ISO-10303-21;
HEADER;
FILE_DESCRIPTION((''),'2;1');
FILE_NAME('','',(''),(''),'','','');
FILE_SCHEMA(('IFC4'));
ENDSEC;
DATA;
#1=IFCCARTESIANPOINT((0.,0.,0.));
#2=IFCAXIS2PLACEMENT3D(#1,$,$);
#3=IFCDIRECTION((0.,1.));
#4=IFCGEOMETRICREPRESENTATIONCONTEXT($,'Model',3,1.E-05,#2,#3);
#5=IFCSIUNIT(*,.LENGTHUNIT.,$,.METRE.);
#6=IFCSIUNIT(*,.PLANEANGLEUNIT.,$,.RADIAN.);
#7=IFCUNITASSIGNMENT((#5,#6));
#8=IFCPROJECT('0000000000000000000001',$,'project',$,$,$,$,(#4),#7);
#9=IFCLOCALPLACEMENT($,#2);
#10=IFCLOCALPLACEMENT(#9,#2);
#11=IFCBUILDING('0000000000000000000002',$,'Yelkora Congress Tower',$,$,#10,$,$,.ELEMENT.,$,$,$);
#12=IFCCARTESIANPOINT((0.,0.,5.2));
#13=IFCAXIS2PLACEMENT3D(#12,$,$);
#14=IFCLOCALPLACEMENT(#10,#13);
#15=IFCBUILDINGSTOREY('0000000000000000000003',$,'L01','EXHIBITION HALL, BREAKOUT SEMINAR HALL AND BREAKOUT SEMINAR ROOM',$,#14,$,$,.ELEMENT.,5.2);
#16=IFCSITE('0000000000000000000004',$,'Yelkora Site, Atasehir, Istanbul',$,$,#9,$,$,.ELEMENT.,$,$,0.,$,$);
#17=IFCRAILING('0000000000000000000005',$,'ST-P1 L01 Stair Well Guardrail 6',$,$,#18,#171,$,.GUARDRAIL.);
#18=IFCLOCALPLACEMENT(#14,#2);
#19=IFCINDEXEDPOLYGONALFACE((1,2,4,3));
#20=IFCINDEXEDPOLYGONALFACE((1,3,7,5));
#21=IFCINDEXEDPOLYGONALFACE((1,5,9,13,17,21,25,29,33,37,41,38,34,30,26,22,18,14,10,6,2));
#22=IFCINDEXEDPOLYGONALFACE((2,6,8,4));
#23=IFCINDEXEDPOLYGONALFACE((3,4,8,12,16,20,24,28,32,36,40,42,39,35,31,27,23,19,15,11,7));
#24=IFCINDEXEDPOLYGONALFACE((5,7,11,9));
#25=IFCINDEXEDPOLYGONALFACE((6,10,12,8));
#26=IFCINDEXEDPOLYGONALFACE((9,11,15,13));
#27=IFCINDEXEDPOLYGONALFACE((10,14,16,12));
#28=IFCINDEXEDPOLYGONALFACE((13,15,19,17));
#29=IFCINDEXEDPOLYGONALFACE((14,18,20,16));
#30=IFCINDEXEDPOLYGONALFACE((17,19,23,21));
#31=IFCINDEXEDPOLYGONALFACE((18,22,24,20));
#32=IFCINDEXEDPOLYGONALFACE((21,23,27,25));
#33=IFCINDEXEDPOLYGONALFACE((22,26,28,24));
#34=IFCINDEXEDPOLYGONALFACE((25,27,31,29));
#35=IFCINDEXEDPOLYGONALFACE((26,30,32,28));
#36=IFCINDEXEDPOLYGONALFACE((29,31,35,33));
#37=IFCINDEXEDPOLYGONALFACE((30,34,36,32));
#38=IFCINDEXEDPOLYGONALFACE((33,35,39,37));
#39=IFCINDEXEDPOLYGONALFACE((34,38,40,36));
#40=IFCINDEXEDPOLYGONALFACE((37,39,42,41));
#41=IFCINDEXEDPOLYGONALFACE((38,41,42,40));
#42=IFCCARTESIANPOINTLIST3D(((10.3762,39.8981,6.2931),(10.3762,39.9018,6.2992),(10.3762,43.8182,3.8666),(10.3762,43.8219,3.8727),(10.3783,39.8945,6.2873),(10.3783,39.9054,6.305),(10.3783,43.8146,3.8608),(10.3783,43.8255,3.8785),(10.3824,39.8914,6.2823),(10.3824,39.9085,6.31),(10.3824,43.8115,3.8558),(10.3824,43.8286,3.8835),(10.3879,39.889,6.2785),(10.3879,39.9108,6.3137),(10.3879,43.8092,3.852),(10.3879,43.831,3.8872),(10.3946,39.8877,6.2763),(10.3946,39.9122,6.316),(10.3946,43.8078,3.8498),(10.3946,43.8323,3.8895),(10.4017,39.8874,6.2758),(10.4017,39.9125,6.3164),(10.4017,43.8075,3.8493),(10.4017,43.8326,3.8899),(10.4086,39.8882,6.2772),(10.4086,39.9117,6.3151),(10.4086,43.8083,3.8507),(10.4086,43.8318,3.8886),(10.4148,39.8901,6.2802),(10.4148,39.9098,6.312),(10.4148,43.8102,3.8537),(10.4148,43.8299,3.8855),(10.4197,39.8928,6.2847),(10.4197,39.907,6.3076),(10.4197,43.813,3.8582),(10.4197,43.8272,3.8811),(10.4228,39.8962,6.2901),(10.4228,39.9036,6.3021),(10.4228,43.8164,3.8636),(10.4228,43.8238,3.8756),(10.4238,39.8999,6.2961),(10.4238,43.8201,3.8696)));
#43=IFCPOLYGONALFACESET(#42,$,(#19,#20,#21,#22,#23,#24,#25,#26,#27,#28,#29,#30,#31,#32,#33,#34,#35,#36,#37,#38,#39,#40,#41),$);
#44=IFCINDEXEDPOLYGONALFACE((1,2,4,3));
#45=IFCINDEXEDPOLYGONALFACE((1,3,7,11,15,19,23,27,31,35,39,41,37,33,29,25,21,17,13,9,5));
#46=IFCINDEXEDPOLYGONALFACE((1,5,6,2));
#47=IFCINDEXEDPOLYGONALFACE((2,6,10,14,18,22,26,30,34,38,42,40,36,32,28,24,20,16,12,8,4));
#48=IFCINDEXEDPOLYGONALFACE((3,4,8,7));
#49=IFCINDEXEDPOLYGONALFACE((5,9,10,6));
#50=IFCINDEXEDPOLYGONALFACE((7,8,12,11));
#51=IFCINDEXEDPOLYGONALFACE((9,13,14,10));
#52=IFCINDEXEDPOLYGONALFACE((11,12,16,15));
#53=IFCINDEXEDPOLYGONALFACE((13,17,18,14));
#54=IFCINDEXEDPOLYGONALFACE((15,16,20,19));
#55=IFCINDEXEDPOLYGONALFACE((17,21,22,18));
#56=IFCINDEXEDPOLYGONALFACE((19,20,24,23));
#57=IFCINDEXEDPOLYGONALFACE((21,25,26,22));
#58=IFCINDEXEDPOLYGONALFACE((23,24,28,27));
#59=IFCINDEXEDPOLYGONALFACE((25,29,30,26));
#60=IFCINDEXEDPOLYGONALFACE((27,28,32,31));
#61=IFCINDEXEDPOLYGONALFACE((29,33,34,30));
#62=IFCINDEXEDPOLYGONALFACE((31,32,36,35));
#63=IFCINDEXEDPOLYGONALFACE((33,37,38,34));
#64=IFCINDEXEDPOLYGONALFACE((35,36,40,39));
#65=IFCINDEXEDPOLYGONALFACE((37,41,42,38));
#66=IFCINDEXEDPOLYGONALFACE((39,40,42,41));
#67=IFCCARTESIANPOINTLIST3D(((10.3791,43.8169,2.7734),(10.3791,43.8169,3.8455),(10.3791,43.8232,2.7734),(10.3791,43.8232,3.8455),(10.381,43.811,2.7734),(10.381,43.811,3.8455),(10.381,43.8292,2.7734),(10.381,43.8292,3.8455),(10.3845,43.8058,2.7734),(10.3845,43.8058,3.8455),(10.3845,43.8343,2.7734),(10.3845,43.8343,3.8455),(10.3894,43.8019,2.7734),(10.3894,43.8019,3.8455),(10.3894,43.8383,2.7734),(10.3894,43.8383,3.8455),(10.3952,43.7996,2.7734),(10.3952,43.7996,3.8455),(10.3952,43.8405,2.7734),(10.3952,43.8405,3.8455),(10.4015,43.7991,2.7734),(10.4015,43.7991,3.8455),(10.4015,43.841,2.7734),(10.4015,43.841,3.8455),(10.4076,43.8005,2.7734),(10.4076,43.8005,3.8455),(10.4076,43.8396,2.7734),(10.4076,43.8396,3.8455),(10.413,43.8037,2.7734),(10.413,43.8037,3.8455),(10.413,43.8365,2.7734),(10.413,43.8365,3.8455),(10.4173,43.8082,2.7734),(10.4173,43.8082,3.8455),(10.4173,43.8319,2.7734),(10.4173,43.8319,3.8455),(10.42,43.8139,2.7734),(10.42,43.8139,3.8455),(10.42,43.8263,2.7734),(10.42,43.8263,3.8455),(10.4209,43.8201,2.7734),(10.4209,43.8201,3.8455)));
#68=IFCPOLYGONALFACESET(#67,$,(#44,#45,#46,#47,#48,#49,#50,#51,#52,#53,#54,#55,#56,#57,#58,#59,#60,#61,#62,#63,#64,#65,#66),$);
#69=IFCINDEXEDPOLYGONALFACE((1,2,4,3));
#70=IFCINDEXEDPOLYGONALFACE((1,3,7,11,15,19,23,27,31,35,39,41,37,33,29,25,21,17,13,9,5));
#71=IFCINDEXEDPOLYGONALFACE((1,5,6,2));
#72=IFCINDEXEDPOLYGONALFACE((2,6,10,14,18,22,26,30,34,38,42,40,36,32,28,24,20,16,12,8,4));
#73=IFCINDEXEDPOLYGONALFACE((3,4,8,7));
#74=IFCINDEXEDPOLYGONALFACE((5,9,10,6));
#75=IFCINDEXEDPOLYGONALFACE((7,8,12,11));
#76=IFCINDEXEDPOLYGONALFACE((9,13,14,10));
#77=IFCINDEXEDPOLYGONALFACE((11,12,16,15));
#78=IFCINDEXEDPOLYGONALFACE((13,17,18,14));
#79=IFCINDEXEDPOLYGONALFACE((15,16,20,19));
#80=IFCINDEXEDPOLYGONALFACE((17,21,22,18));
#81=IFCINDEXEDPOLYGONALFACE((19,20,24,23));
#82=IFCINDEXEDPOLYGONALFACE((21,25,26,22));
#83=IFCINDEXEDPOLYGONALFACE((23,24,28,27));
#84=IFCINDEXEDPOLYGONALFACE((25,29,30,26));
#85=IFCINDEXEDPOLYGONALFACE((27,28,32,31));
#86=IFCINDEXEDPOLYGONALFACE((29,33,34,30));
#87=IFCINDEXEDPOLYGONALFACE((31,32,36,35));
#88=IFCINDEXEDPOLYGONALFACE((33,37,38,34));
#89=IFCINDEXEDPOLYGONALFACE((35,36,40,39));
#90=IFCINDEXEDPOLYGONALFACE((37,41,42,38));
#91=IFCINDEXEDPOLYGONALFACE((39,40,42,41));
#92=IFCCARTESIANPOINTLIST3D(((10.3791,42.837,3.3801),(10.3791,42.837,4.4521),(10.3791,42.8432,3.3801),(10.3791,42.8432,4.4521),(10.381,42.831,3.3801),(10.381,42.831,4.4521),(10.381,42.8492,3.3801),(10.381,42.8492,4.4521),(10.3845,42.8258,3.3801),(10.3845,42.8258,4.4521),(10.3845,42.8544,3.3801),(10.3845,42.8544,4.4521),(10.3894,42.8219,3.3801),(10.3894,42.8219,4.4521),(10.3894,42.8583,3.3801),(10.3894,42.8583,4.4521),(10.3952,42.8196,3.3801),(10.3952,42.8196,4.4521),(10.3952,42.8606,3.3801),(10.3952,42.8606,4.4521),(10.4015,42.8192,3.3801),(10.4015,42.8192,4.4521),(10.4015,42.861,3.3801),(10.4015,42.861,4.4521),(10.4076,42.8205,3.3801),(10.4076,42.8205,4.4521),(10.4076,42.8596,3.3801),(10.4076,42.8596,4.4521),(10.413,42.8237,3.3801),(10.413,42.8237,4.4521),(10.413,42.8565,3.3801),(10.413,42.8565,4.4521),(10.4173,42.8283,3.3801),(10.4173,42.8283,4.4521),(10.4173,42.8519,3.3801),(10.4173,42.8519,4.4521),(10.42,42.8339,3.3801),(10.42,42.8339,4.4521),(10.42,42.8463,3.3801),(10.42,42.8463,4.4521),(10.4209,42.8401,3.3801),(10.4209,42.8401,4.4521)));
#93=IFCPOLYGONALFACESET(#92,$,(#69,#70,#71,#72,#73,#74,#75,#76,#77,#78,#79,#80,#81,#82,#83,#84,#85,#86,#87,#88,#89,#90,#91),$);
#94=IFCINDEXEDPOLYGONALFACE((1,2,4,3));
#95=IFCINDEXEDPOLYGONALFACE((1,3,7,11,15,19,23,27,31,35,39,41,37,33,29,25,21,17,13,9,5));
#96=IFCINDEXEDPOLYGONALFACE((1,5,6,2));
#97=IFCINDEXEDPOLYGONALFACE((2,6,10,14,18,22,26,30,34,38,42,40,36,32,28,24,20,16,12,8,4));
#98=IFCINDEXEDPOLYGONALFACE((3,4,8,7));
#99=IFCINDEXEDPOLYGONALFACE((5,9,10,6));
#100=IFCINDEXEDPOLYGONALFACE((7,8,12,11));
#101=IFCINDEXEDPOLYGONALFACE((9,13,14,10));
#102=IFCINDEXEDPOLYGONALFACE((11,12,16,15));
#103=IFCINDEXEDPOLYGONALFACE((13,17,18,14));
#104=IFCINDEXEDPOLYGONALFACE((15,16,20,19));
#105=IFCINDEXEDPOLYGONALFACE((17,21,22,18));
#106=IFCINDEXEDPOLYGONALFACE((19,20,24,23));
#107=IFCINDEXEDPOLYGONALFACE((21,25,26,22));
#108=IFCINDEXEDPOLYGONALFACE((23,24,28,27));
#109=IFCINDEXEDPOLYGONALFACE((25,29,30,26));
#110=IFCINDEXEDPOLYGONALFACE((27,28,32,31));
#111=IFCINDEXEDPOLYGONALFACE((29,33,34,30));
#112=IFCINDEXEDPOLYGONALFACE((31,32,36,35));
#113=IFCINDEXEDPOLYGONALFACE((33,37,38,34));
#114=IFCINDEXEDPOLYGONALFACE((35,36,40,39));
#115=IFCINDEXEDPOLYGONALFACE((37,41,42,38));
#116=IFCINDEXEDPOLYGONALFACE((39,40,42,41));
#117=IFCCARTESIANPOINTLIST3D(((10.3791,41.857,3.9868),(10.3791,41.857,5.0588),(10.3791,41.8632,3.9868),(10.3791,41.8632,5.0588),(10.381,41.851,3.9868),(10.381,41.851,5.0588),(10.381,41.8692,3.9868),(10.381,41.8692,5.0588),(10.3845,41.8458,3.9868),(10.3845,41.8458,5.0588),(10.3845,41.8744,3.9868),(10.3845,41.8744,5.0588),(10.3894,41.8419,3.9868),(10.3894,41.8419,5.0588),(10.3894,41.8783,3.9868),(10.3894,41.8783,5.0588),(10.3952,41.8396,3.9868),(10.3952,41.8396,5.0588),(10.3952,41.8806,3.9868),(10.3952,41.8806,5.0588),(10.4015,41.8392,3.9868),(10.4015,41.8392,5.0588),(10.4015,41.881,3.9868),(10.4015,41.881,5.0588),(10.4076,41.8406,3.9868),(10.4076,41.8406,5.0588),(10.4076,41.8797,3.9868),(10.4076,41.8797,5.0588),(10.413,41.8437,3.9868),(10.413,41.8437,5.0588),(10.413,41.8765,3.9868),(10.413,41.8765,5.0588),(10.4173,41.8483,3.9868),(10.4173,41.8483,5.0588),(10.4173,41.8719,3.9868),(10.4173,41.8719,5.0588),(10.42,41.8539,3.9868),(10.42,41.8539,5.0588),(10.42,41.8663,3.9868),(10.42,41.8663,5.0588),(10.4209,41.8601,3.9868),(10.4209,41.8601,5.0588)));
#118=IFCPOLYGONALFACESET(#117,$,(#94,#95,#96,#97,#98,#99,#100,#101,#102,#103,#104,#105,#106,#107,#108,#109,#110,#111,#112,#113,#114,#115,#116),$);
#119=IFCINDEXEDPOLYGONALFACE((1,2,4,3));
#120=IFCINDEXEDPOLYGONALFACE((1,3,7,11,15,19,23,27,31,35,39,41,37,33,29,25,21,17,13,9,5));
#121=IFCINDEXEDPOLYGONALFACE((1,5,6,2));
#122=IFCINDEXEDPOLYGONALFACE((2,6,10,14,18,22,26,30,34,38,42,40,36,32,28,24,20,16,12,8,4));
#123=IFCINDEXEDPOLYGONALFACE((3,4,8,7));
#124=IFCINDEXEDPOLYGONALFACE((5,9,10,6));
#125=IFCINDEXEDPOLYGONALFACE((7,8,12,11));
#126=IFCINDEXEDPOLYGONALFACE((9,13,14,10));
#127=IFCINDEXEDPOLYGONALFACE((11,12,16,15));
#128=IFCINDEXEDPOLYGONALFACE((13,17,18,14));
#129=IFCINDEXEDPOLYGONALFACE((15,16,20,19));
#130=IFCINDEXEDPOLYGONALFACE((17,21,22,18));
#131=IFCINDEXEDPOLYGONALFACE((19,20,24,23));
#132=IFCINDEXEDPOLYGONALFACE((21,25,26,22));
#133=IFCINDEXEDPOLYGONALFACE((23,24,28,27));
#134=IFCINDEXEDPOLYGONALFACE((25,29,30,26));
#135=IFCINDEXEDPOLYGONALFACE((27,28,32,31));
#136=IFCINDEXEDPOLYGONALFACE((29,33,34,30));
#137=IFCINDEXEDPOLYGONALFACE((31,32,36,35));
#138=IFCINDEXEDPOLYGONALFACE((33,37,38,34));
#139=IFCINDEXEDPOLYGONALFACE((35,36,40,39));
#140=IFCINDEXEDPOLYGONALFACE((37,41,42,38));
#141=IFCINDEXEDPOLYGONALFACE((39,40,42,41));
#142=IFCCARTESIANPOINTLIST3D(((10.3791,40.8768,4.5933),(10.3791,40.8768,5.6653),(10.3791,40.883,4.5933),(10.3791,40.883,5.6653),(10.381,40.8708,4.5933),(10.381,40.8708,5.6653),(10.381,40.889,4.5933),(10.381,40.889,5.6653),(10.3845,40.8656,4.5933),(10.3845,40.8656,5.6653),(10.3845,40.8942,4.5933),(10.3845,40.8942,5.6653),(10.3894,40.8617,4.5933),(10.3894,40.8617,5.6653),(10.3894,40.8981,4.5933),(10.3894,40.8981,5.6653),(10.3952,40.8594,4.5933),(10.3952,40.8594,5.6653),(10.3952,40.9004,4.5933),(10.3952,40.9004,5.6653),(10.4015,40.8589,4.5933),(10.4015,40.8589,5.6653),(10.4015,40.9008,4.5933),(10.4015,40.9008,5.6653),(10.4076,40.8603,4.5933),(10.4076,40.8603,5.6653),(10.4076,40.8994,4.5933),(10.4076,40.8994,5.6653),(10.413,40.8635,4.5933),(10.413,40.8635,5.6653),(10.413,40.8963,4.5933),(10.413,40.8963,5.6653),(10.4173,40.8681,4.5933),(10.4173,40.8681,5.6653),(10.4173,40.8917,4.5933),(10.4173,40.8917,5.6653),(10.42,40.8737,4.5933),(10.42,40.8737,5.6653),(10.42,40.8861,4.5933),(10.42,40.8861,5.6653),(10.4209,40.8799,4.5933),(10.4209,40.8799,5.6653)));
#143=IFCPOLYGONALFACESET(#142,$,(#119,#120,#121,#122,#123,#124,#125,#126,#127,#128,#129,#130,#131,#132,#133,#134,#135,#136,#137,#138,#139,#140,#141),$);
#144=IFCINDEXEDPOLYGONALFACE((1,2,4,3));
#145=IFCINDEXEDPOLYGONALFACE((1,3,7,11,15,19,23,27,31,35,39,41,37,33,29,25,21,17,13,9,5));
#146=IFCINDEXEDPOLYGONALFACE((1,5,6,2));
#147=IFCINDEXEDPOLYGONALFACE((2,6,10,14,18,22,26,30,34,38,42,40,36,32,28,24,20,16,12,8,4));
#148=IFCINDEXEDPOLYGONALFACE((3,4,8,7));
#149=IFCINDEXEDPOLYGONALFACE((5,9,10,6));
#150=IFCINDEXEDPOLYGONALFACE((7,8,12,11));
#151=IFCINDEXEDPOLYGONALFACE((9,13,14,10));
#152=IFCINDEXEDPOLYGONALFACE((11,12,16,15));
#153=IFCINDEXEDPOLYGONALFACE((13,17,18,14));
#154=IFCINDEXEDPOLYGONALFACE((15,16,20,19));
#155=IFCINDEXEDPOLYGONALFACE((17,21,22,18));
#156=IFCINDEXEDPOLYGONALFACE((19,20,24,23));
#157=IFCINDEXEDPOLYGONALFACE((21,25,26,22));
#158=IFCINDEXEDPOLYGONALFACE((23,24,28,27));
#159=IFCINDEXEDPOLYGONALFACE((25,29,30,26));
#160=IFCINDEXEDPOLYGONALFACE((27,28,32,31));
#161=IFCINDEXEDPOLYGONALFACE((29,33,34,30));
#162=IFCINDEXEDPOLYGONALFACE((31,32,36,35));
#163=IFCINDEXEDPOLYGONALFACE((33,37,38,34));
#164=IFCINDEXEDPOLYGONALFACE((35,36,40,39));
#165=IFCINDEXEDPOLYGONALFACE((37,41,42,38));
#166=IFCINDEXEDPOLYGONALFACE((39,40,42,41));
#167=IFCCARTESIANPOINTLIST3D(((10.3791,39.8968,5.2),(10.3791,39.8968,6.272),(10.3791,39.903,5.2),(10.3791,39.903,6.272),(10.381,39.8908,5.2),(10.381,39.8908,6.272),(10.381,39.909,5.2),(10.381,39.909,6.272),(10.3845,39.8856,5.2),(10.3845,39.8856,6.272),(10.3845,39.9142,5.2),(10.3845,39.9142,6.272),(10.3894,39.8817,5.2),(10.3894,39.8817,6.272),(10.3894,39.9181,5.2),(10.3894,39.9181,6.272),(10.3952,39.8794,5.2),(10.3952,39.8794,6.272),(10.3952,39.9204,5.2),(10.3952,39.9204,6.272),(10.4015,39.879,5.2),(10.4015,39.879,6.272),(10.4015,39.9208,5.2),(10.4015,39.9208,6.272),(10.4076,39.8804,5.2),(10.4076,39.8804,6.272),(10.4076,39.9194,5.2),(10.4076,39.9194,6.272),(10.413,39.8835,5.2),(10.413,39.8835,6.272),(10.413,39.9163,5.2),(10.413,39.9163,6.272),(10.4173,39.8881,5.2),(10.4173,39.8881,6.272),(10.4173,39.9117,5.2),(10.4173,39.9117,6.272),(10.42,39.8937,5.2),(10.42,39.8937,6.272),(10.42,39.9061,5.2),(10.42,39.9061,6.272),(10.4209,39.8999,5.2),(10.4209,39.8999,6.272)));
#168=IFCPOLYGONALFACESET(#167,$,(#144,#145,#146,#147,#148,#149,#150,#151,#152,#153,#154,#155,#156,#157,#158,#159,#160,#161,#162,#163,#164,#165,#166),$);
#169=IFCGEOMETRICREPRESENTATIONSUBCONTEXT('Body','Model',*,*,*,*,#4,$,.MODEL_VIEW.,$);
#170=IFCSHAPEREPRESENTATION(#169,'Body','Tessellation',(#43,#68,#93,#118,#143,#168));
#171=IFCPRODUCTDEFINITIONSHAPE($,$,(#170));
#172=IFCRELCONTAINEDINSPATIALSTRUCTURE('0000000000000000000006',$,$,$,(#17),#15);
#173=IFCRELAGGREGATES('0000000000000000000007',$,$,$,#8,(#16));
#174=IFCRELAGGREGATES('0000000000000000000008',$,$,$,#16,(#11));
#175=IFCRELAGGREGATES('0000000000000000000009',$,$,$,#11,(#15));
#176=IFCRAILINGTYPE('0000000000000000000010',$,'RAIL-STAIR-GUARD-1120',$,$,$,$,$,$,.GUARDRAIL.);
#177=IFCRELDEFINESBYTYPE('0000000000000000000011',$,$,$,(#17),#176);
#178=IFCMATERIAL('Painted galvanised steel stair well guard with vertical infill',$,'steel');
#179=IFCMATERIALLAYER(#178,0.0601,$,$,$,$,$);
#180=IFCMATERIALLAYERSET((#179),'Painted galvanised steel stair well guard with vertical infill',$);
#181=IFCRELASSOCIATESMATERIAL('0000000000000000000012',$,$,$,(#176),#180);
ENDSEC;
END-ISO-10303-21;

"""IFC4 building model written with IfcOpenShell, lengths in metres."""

from ifc_helpers import new_model, si_unit, direction, frame, origin, origin_2d, place, context, subcontext, project, spatial, circle, extrude, material, layer, layer_set, type_object, element, save


model = new_model("IFC4")

# Units and contexts
model_context = context("Model", 3, precision=1e-05, world=origin(), true_north=direction((0.0, 1.0)))
body_context = subcontext(model_context, "Body", "Model", "MODEL_VIEW")
ifc_project = project(units=[si_unit("LENGTHUNIT", "METRE"), si_unit("PLANEANGLEUNIT", "RADIAN")], contexts=[model_context])

# Site, building, storey
site_placement = place(None, origin())
site = spatial("IfcSite", under=ifc_project, at=site_placement, Name="Yelkora Site, Atasehir, Istanbul", CompositionType="ELEMENT", RefElevation=0.0)
building_placement = place(site_placement, origin())
building = spatial("IfcBuilding", under=site, at=building_placement, Name="Yelkora Congress Tower", CompositionType="ELEMENT")
storey_placement = place(building_placement, frame((0.0, 0.0, 5.2)))
storey = spatial("IfcBuildingStorey", under=building, at=storey_placement, Name="L01", Description="EXHIBITION HALL, BREAKOUT SEMINAR HALL AND BREAKOUT SEMINAR ROOM", CompositionType="ELEMENT", Elevation=5.2)

# Railing
ifc_material_1 = material(Name="Painted galvanised steel stair well guard with vertical infill", Category="steel")
ifc_layer_1 = layer(ifc_material_1, 0.0601)
ifc_layer_set_1 = layer_set([ifc_layer_1], Name="Painted galvanised steel stair well guard with vertical infill")
railing_type_1 = type_object("IfcRailingType", Name="RAIL-STAIR-GUARD-1120", PredefinedType="GUARDRAIL", material=ifc_layer_set_1)
railing_1_placement = place(storey_placement, frame((10.3999, 43.8201, 2.7734)))
element("IfcRailing", 1, at=railing_1_placement, inside=storey, type_object=railing_type_1, Name="ST-P1 L01 Stair Well Guardrail 6", PredefinedType="GUARDRAIL", context=body_context, shape_type="SweptSolid", body=[
    extrude(circle(Radius=0.0239, at=origin_2d()), frame((0.0, 0.0, 1.0962), z_axis=(0.0, -0.85029, 0.526315), x_axis=(1.0, 0.0, 0.0)), (0.0, 0.0, 1.0), 4.6104),
    extrude(circle(Radius=0.021, at=origin_2d()), origin(), (0.0, 0.0, 1.0), 1.072),
    extrude(circle(Radius=0.021, at=origin_2d()), frame((0.0, -0.98, 0.6067)), (0.0, 0.0, 1.0), 1.072),
    extrude(circle(Radius=0.021, at=origin_2d()), frame((0.0, -1.96, 1.2134)), (0.0, 0.0, 1.0), 1.072),
    extrude(circle(Radius=0.021, at=origin_2d()), frame((0.0, -2.9402, 1.8198)), (0.0, 0.0, 1.0), 1.072),
    extrude(circle(Radius=0.021, at=origin_2d()), frame((0.0, -3.9202, 2.4265)), (0.0, 0.0, 1.0), 1.072),
])

save(model, "model.ifc")
